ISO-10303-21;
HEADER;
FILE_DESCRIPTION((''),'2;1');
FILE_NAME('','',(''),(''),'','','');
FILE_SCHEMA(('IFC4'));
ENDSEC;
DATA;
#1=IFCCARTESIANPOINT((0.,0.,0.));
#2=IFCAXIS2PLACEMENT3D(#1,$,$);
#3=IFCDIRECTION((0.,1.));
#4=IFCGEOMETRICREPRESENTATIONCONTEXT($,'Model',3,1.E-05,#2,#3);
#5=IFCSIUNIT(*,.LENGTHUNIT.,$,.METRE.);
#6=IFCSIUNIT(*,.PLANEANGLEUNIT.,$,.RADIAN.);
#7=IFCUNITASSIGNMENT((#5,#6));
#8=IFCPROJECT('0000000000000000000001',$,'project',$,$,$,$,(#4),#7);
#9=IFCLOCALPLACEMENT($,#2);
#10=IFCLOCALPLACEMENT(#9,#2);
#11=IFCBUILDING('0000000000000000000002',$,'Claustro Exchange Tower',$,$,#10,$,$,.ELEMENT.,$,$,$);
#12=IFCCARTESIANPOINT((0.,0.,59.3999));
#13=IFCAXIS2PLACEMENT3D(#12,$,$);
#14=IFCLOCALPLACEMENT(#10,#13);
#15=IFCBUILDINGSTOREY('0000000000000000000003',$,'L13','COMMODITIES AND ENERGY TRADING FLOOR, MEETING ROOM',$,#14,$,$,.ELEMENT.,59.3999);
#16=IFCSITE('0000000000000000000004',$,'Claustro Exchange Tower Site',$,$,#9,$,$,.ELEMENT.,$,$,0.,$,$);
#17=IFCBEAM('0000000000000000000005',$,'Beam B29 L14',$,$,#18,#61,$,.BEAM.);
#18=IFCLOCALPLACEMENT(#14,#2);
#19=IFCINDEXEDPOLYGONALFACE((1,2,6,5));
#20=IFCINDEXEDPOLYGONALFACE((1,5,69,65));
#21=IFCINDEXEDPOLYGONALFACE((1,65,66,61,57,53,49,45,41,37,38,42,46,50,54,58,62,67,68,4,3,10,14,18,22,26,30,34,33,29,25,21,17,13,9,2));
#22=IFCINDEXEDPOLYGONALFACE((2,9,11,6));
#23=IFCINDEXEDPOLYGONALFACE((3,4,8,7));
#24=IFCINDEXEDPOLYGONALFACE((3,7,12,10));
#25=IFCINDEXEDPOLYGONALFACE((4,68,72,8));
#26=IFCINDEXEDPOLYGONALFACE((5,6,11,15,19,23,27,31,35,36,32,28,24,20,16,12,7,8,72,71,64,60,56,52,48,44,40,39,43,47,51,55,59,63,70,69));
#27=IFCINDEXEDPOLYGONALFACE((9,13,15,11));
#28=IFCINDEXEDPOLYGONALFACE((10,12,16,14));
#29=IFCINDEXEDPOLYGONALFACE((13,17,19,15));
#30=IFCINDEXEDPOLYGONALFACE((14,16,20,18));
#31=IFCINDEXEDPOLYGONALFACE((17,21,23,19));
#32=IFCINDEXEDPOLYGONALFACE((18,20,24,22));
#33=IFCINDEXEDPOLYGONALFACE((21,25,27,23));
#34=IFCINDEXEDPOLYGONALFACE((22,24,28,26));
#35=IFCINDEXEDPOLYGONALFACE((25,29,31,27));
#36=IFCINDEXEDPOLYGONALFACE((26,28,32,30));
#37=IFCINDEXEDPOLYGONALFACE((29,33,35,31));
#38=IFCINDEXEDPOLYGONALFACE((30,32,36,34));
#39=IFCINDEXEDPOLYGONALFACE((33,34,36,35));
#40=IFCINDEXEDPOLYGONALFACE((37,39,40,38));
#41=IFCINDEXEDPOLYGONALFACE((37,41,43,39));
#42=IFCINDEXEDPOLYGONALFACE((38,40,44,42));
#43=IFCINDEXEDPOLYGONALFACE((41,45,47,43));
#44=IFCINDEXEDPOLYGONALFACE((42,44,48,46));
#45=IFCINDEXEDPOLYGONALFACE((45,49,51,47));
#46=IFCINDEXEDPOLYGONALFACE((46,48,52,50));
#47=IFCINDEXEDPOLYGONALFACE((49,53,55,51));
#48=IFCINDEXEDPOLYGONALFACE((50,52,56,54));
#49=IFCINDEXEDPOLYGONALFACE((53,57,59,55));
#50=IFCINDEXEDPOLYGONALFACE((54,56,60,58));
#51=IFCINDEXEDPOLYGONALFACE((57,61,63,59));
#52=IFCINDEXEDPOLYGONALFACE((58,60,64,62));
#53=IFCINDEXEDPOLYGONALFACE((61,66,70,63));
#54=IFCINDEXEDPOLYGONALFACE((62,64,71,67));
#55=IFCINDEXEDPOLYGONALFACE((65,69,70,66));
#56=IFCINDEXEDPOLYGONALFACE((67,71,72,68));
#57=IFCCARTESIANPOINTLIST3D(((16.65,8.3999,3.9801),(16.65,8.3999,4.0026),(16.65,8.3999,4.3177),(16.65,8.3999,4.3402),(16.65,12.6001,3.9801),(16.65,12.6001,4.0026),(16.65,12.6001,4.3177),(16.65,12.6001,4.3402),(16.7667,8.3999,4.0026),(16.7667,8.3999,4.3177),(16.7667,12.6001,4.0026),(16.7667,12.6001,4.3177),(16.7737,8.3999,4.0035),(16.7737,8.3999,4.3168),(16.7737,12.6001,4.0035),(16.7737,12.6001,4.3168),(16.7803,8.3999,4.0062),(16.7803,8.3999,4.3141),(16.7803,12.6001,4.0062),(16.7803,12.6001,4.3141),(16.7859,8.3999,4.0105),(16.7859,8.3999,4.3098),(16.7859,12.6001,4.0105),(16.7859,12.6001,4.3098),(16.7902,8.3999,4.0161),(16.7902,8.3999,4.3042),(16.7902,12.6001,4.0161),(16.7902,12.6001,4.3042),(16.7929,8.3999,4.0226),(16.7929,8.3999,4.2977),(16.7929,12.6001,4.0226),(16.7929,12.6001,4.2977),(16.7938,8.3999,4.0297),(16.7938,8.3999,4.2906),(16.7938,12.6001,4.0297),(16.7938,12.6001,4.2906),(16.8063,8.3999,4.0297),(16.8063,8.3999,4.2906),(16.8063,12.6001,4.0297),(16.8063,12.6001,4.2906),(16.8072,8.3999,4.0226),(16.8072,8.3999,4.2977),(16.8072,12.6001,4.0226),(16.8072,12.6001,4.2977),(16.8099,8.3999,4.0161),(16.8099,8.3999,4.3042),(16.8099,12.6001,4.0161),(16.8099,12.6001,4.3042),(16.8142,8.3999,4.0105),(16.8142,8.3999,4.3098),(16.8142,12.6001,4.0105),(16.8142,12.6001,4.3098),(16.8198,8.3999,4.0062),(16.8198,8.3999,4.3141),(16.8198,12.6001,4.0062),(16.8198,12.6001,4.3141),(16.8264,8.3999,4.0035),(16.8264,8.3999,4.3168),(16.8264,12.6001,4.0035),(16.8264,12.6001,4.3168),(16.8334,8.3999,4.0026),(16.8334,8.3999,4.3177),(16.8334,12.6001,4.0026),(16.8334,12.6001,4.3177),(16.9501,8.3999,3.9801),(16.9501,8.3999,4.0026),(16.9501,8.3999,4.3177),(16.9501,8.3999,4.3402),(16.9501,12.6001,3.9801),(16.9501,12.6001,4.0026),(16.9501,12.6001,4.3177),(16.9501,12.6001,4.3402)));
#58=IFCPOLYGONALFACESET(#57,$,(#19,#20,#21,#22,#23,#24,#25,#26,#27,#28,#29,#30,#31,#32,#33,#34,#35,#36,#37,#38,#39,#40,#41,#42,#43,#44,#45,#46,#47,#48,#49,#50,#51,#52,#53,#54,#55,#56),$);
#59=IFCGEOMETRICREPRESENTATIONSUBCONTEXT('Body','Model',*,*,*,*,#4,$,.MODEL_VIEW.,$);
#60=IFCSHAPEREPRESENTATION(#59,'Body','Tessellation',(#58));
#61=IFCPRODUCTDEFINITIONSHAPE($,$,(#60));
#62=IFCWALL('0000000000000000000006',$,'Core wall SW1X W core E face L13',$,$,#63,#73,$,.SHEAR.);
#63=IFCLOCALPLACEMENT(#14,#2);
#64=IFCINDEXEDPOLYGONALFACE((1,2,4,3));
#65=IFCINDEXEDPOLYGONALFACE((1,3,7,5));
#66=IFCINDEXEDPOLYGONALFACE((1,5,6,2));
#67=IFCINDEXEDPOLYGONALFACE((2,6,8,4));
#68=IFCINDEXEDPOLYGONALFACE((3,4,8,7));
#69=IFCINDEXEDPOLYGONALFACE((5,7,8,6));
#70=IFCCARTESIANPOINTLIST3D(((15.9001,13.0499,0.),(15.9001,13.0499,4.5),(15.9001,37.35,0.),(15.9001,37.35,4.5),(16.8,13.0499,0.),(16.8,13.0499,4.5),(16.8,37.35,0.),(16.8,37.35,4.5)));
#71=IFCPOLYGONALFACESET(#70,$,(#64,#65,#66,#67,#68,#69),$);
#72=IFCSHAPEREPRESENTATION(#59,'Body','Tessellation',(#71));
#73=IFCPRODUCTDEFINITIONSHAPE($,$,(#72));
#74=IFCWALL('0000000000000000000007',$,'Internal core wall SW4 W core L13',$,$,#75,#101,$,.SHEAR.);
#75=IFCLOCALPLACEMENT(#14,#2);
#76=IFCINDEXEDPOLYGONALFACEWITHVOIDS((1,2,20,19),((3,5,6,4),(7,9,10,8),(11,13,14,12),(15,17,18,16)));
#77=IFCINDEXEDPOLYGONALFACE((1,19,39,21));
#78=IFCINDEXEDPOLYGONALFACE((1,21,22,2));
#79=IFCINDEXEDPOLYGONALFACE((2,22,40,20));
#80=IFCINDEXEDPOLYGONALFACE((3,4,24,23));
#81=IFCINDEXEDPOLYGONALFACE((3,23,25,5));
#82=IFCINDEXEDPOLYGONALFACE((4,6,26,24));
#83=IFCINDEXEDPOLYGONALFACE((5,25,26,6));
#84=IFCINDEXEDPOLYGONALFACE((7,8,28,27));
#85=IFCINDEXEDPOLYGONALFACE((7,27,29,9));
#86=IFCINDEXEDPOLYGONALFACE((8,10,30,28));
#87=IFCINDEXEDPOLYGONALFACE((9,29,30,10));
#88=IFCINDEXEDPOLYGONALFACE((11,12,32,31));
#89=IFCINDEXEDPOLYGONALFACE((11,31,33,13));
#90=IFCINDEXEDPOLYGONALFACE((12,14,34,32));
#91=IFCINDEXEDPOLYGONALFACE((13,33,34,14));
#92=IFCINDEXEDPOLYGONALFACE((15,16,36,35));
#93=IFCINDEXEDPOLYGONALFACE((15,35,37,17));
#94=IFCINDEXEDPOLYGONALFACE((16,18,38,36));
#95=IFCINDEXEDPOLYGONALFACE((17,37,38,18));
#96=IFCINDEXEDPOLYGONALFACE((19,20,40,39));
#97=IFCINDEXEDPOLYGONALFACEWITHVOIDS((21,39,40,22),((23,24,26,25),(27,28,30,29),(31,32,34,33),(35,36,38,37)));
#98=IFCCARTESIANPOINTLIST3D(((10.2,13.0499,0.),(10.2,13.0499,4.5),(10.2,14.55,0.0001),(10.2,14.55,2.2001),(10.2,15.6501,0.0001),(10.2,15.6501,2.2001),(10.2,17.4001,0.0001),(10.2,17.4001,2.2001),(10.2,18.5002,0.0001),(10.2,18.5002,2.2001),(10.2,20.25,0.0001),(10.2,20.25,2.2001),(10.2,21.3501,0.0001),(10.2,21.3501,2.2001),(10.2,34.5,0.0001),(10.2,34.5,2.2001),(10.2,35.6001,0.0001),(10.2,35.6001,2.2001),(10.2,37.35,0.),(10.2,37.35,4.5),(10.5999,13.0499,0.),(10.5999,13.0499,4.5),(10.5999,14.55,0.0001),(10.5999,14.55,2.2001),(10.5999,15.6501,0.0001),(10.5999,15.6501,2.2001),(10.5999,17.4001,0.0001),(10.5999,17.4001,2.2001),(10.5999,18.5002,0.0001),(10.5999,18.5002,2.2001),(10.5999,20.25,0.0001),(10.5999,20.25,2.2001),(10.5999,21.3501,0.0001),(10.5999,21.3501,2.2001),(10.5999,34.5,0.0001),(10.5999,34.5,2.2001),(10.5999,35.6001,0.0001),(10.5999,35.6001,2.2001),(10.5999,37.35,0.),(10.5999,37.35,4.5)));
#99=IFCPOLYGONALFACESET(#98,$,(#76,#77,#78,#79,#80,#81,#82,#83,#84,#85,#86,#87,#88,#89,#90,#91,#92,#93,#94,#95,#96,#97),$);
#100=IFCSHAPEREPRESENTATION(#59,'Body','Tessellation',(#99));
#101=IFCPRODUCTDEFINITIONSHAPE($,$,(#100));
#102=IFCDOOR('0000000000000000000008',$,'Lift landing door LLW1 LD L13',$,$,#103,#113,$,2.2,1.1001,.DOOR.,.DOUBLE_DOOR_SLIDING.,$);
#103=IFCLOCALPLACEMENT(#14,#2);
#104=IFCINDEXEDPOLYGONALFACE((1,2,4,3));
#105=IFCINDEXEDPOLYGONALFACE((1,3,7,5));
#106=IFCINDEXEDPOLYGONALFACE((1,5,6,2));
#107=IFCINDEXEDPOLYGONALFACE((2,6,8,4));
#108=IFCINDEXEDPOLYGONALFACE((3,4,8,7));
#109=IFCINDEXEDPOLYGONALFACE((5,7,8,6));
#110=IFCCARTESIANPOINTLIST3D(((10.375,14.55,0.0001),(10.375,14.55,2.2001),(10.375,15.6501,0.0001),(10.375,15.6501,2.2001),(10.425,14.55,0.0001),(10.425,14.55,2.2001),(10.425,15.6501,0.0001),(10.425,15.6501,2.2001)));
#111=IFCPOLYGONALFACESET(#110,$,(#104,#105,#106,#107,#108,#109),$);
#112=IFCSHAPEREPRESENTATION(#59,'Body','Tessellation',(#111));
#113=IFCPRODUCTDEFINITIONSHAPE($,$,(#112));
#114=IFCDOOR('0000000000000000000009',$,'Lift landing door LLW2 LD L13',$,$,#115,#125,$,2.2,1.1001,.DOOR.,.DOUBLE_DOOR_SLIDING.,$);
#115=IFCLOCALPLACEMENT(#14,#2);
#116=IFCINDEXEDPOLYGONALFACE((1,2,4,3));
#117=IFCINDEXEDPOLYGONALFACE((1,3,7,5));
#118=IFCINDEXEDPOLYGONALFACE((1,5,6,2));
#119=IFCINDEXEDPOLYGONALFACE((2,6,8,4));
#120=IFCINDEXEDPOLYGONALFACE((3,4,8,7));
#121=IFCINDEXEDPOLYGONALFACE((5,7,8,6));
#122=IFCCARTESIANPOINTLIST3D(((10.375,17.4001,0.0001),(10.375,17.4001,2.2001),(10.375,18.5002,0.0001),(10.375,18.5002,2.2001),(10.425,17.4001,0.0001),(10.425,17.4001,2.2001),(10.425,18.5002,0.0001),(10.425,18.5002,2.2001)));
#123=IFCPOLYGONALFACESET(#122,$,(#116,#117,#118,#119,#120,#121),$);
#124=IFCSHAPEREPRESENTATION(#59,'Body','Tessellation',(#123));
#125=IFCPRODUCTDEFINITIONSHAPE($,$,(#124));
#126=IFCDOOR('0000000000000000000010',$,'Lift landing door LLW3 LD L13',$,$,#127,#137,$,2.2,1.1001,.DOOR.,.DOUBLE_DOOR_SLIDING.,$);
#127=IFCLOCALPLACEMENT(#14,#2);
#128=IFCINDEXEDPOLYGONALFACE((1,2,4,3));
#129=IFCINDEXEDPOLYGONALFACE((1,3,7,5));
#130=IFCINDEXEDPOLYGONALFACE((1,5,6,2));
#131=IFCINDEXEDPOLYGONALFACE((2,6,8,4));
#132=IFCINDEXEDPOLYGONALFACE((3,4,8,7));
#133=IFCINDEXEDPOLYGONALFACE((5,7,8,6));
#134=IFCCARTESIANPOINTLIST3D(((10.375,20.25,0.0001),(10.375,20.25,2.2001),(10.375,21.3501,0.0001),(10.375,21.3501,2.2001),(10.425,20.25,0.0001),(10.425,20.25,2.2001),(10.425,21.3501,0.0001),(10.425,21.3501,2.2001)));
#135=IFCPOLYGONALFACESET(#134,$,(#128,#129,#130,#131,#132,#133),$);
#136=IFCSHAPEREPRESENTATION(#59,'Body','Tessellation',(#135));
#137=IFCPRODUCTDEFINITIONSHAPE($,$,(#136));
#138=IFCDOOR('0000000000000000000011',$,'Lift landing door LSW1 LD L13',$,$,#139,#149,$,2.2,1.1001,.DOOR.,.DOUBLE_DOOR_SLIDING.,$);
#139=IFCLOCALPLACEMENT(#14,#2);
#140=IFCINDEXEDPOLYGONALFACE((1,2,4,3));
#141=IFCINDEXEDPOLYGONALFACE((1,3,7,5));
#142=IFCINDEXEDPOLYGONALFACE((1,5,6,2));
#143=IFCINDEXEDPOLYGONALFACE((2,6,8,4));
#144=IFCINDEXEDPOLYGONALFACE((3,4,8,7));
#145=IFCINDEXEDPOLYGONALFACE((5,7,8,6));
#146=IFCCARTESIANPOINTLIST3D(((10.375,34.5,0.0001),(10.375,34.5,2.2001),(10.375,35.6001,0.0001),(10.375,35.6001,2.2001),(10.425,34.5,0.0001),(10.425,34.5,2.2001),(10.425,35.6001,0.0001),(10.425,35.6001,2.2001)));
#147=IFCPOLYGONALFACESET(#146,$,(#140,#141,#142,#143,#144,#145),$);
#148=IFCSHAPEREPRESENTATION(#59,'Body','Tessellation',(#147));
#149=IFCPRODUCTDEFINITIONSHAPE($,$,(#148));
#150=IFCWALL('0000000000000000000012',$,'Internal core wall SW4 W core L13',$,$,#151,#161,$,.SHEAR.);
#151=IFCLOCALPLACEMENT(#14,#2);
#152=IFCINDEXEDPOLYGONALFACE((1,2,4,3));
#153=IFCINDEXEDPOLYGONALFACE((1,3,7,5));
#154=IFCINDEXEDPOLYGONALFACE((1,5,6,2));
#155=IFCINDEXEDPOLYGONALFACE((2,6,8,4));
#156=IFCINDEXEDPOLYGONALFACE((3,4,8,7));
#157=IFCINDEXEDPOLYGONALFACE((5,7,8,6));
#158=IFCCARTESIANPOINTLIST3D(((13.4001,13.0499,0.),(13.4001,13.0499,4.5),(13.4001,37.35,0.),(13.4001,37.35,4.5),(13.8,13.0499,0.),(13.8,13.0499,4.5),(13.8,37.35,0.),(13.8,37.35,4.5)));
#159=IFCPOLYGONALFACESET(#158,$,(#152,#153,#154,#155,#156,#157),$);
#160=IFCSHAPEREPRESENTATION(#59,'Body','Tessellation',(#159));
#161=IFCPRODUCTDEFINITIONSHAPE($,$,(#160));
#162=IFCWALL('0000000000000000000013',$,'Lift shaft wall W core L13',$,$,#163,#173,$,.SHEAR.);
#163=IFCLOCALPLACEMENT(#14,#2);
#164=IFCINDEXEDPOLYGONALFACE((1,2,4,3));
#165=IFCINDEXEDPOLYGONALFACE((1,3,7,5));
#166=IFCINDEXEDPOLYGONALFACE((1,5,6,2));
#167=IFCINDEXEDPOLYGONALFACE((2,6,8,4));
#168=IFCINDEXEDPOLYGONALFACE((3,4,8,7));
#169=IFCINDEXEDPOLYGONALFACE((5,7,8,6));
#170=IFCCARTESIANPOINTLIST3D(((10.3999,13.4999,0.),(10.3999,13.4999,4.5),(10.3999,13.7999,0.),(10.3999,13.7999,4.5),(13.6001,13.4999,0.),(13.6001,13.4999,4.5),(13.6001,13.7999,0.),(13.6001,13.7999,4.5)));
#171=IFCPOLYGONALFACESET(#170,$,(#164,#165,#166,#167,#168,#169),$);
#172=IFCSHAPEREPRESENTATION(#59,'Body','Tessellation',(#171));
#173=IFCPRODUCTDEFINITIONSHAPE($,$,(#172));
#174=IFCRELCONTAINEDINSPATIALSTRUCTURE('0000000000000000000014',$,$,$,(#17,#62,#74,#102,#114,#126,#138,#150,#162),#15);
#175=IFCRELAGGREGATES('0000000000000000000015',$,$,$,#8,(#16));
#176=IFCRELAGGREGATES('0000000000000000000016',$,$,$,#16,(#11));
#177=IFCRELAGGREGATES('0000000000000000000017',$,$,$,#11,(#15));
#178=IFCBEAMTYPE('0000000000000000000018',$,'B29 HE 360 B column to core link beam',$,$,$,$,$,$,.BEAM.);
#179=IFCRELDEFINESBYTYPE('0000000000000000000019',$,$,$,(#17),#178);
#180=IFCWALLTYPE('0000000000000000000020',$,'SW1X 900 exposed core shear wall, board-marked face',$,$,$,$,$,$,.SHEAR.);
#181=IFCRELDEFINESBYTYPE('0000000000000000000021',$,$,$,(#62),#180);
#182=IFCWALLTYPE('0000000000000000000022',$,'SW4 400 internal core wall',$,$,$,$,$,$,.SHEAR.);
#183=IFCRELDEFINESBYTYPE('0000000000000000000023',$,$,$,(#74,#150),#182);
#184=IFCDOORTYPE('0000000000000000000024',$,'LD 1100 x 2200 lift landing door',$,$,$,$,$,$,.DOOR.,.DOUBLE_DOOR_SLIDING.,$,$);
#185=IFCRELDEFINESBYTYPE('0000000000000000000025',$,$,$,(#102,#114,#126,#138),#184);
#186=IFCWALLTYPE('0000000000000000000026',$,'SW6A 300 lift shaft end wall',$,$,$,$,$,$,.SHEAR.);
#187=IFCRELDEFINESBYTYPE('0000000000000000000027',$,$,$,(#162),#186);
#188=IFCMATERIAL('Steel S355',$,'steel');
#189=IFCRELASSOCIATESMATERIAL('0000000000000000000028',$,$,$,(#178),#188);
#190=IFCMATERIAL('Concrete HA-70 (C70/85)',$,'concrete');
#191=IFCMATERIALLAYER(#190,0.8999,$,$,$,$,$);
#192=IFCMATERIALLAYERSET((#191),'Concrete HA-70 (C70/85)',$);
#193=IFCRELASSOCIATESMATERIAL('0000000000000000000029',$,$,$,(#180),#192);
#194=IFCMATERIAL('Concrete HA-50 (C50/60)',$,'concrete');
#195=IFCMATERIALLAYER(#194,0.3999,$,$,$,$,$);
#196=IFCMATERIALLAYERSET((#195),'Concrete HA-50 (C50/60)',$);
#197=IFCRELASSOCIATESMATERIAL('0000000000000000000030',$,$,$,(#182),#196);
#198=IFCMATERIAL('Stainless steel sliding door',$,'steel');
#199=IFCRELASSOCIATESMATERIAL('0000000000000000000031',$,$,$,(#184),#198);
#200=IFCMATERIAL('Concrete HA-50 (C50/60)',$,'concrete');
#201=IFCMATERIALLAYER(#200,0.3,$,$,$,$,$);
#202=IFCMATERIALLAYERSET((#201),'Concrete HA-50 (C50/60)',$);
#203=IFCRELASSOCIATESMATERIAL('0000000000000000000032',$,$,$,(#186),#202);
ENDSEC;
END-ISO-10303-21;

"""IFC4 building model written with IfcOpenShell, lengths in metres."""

from ifc_helpers import new_model, si_unit, direction, frame, frame_2d, origin, origin_2d, place, context, subcontext, project, spatial, rectangle, i_section, extrude, material, layer, layer_set, material_profile, profile_set, type_object, element, fill, save


model = new_model("IFC4")

# Units and contexts
model_context = context("Model", 3, precision=1e-05, world=origin(), true_north=direction((0.0, 1.0)))
body_context = subcontext(model_context, "Body", "Model", "MODEL_VIEW")
ifc_project = project(units=[si_unit("LENGTHUNIT", "METRE"), si_unit("PLANEANGLEUNIT", "RADIAN")], contexts=[model_context])

# Site, building, storey
site_placement = place(None, origin())
site = spatial("IfcSite", under=ifc_project, at=site_placement, Name="Claustro Exchange Tower Site", CompositionType="ELEMENT", RefElevation=0.0)
building_placement = place(site_placement, origin())
building = spatial("IfcBuilding", under=site, at=building_placement, Name="Claustro Exchange Tower", CompositionType="ELEMENT")
storey_placement = place(building_placement, frame((0.0, 0.0, 59.3999)))
storey = spatial("IfcBuildingStorey", under=building, at=storey_placement, Name="L13", Description="COMMODITIES AND ENERGY TRADING FLOOR, MEETING ROOM", CompositionType="ELEMENT", Elevation=59.3999)

# Beam
ifc_material_1 = material(Name="Steel S355", Category="steel")
ifc_material_profile_1 = material_profile(ifc_material_1, i_section(OverallWidth=0.3, OverallDepth=0.3601, WebThickness=0.0125, FlangeThickness=0.0225, FilletRadius=0.0271, at=origin_2d()), Name="HE 360 B")
ifc_profile_set_1 = profile_set([ifc_material_profile_1], Name="Steel S355")
beam_type_1 = type_object("IfcBeamType", Name="B29 HE 360 B column to core link beam", PredefinedType="BEAM", material=ifc_profile_set_1)
for number, where, z_axis, x_axis, name in (
    (1, (16.8, 8.3999, 4.1602), (0.0, 1.0, 0.0), (-1.0, 0.0, 0.0), "Beam B29 L14"),
):
    element("IfcBeam", number, at=place(storey_placement, frame(where, z_axis=z_axis, x_axis=x_axis)), inside=storey, type_object=beam_type_1, Name=name, PredefinedType="BEAM", context=body_context, shape_type="SweptSolid", body=[
        extrude(i_section(OverallWidth=0.3, OverallDepth=0.3601, WebThickness=0.0125, FlangeThickness=0.0225, FilletRadius=0.0271, at=origin_2d()), origin(), (0.0, 0.0, 1.0), 4.2002),
    ])

# Wall
ifc_material_2 = material(Name="Concrete HA-70 (C70/85)", Category="concrete")
ifc_layer_1 = layer(ifc_material_2, 0.8999)
ifc_layer_set_1 = layer_set([ifc_layer_1], Name="Concrete HA-70 (C70/85)")
wall_type_1 = type_object("IfcWallType", Name="SW1X 900 exposed core shear wall, board-marked face", PredefinedType="SHEAR", material=ifc_layer_set_1)
wall_1_placement = place(storey_placement, frame((16.3501, 13.05, 0.0), z_axis=(0.0, 0.0, 1.0), x_axis=(0.0, 1.0, 0.0)))
element("IfcWall", 2, at=wall_1_placement, inside=storey, type_object=wall_type_1, Name="Core wall SW1X W core E face L13", PredefinedType="SHEAR", context=body_context, shape_type="SweptSolid", body=[
    extrude(rectangle(XDim=24.3, YDim=0.8999, at=frame_2d((12.1499, 0.0))), origin(), (0.0, 0.0, 1.0), 4.5),
])

# Wall, openings, doors
ifc_material_3 = material(Name="Concrete HA-50 (C50/60)", Category="concrete")
ifc_layer_2 = layer(ifc_material_3, 0.3999)
ifc_layer_set_2 = layer_set([ifc_layer_2], Name="Concrete HA-50 (C50/60)")
wall_type_2 = type_object("IfcWallType", Name="SW4 400 internal core wall", PredefinedType="SHEAR", material=ifc_layer_set_2)
wall_2_placement = place(storey_placement, frame((10.3999, 13.05, 0.0), z_axis=(0.0, 0.0, 1.0), x_axis=(0.0, 1.0, 0.0)))
wall_2 = element("IfcWall", 3, at=wall_2_placement, inside=storey, type_object=wall_type_2, Name="Internal core wall SW4 W core L13", PredefinedType="SHEAR", context=body_context, shape_type="SweptSolid", body=[
    extrude(rectangle(XDim=24.3, YDim=0.3999, at=frame_2d((12.1499, 0.0))), origin(), (0.0, 0.0, 1.0), 4.5),
])
opening_1_placement = place(wall_2_placement, frame((1.5, 0.0, 0.0)))
opening_1 = element("IfcOpeningElement", 4, at=opening_1_placement, cuts=wall_2, PredefinedType="OPENING", context=body_context, shape_type="SweptSolid", body=[
    extrude(rectangle(XDim=1.1001, YDim=2.2, at=frame_2d((0.55, 1.1001))), frame((0.0, 0.21, 0.0), z_axis=(0.0, -1.0, 0.0), x_axis=(1.0, 0.0, 0.0)), (0.0, 0.0, 1.0), 0.4199),
])
opening_2_placement = place(wall_2_placement, frame((4.3501, 0.0, 0.0)))
opening_2 = element("IfcOpeningElement", 5, at=opening_2_placement, cuts=wall_2, PredefinedType="OPENING", context=body_context, shape_type="SweptSolid", body=[
    extrude(rectangle(XDim=1.1001, YDim=2.2, at=frame_2d((0.55, 1.1001))), frame((0.0, 0.21, 0.0), z_axis=(0.0, -1.0, 0.0), x_axis=(1.0, 0.0, 0.0)), (0.0, 0.0, 1.0), 0.4199),
])
opening_3_placement = place(wall_2_placement, frame((7.2, 0.0, 0.0)))
opening_3 = element("IfcOpeningElement", 6, at=opening_3_placement, cuts=wall_2, PredefinedType="OPENING", context=body_context, shape_type="SweptSolid", body=[
    extrude(rectangle(XDim=1.1001, YDim=2.2, at=frame_2d((0.55, 1.1001))), frame((0.0, 0.21, 0.0), z_axis=(0.0, -1.0, 0.0), x_axis=(1.0, 0.0, 0.0)), (0.0, 0.0, 1.0), 0.4199),
])
opening_4_placement = place(wall_2_placement, frame((21.45, 0.0, 0.0)))
opening_4 = element("IfcOpeningElement", 7, at=opening_4_placement, cuts=wall_2, PredefinedType="OPENING", context=body_context, shape_type="SweptSolid", body=[
    extrude(rectangle(XDim=1.1001, YDim=2.2, at=frame_2d((0.55, 1.1001))), frame((0.0, 0.21, 0.0), z_axis=(0.0, -1.0, 0.0), x_axis=(1.0, 0.0, 0.0)), (0.0, 0.0, 1.0), 0.4199),
])
ifc_material_4 = material(Name="Stainless steel sliding door", Category="steel")
door_type = type_object("IfcDoorType", Name="LD 1100 x 2200 lift landing door", OperationType="DOUBLE_DOOR_SLIDING", PredefinedType="DOOR", material=ifc_material_4)
door_1_placement = place(opening_1_placement, origin())
door_1 = element("IfcDoor", 8, at=door_1_placement, inside=storey, type_object=door_type, Name="Lift landing door LLW1 LD L13", OperationType="DOUBLE_DOOR_SLIDING", OverallHeight=2.2, OverallWidth=1.1001, PredefinedType="DOOR", context=body_context, shape_type="SweptSolid", body=[
    extrude(rectangle(XDim=1.1001, YDim=2.2, at=frame_2d((0.55, 1.1001))), frame((0.0, 0.0249, 0.0), z_axis=(0.0, -1.0, 0.0), x_axis=(1.0, 0.0, 0.0)), (0.0, 0.0, 1.0), 0.05),
])
fill(opening_1, door_1)
door_2_placement = place(opening_2_placement, origin())
door_2 = element("IfcDoor", 9, at=door_2_placement, inside=storey, type_object=door_type, Name="Lift landing door LLW2 LD L13", OperationType="DOUBLE_DOOR_SLIDING", OverallHeight=2.2, OverallWidth=1.1001, PredefinedType="DOOR", context=body_context, shape_type="SweptSolid", body=[
    extrude(rectangle(XDim=1.1001, YDim=2.2, at=frame_2d((0.55, 1.1001))), frame((0.0, 0.0249, 0.0), z_axis=(0.0, -1.0, 0.0), x_axis=(1.0, 0.0, 0.0)), (0.0, 0.0, 1.0), 0.05),
])
fill(opening_2, door_2)
door_3_placement = place(opening_3_placement, origin())
door_3 = element("IfcDoor", 10, at=door_3_placement, inside=storey, type_object=door_type, Name="Lift landing door LLW3 LD L13", OperationType="DOUBLE_DOOR_SLIDING", OverallHeight=2.2, OverallWidth=1.1001, PredefinedType="DOOR", context=body_context, shape_type="SweptSolid", body=[
    extrude(rectangle(XDim=1.1001, YDim=2.2, at=frame_2d((0.55, 1.1001))), frame((0.0, 0.0249, 0.0), z_axis=(0.0, -1.0, 0.0), x_axis=(1.0, 0.0, 0.0)), (0.0, 0.0, 1.0), 0.05),
])
fill(opening_3, door_3)
door_4_placement = place(opening_4_placement, origin())
door_4 = element("IfcDoor", 11, at=door_4_placement, inside=storey, type_object=door_type, Name="Lift landing door LSW1 LD L13", OperationType="DOUBLE_DOOR_SLIDING", OverallHeight=2.2, OverallWidth=1.1001, PredefinedType="DOOR", context=body_context, shape_type="SweptSolid", body=[
    extrude(rectangle(XDim=1.1001, YDim=2.2, at=frame_2d((0.55, 1.1001))), frame((0.0, 0.0249, 0.0), z_axis=(0.0, -1.0, 0.0), x_axis=(1.0, 0.0, 0.0)), (0.0, 0.0, 1.0), 0.05),
])
fill(opening_4, door_4)

# Walls
wall_3_placement = place(storey_placement, frame((13.6001, 13.05, 0.0), z_axis=(0.0, 0.0, 1.0), x_axis=(0.0, 1.0, 0.0)))
element("IfcWall", 12, at=wall_3_placement, inside=storey, type_object=wall_type_2, Name="Internal core wall SW4 W core L13", PredefinedType="SHEAR", context=body_context, shape_type="SweptSolid", body=[
    extrude(rectangle(XDim=24.3, YDim=0.3999, at=frame_2d((12.1499, 0.0))), origin(), (0.0, 0.0, 1.0), 4.5),
])
ifc_material_5 = material(Name="Concrete HA-50 (C50/60)", Category="concrete")
ifc_layer_3 = layer(ifc_material_5, 0.3)
ifc_layer_set_3 = layer_set([ifc_layer_3], Name="Concrete HA-50 (C50/60)")
wall_type_3 = type_object("IfcWallType", Name="SW6A 300 lift shaft end wall", PredefinedType="SHEAR", material=ifc_layer_set_3)
wall_4_placement = place(storey_placement, frame((10.3999, 13.6499, 0.0), z_axis=(0.0, 0.0, 1.0), x_axis=(1.0, 0.0, 0.0)))
element("IfcWall", 13, at=wall_4_placement, inside=storey, type_object=wall_type_3, Name="Lift shaft wall W core L13", PredefinedType="SHEAR", context=body_context, shape_type="SweptSolid", body=[
    extrude(rectangle(XDim=3.2002, YDim=0.3, at=frame_2d((1.6001, 0.0))), origin(), (0.0, 0.0, 1.0), 4.5),
])

save(model, "model.ifc")
